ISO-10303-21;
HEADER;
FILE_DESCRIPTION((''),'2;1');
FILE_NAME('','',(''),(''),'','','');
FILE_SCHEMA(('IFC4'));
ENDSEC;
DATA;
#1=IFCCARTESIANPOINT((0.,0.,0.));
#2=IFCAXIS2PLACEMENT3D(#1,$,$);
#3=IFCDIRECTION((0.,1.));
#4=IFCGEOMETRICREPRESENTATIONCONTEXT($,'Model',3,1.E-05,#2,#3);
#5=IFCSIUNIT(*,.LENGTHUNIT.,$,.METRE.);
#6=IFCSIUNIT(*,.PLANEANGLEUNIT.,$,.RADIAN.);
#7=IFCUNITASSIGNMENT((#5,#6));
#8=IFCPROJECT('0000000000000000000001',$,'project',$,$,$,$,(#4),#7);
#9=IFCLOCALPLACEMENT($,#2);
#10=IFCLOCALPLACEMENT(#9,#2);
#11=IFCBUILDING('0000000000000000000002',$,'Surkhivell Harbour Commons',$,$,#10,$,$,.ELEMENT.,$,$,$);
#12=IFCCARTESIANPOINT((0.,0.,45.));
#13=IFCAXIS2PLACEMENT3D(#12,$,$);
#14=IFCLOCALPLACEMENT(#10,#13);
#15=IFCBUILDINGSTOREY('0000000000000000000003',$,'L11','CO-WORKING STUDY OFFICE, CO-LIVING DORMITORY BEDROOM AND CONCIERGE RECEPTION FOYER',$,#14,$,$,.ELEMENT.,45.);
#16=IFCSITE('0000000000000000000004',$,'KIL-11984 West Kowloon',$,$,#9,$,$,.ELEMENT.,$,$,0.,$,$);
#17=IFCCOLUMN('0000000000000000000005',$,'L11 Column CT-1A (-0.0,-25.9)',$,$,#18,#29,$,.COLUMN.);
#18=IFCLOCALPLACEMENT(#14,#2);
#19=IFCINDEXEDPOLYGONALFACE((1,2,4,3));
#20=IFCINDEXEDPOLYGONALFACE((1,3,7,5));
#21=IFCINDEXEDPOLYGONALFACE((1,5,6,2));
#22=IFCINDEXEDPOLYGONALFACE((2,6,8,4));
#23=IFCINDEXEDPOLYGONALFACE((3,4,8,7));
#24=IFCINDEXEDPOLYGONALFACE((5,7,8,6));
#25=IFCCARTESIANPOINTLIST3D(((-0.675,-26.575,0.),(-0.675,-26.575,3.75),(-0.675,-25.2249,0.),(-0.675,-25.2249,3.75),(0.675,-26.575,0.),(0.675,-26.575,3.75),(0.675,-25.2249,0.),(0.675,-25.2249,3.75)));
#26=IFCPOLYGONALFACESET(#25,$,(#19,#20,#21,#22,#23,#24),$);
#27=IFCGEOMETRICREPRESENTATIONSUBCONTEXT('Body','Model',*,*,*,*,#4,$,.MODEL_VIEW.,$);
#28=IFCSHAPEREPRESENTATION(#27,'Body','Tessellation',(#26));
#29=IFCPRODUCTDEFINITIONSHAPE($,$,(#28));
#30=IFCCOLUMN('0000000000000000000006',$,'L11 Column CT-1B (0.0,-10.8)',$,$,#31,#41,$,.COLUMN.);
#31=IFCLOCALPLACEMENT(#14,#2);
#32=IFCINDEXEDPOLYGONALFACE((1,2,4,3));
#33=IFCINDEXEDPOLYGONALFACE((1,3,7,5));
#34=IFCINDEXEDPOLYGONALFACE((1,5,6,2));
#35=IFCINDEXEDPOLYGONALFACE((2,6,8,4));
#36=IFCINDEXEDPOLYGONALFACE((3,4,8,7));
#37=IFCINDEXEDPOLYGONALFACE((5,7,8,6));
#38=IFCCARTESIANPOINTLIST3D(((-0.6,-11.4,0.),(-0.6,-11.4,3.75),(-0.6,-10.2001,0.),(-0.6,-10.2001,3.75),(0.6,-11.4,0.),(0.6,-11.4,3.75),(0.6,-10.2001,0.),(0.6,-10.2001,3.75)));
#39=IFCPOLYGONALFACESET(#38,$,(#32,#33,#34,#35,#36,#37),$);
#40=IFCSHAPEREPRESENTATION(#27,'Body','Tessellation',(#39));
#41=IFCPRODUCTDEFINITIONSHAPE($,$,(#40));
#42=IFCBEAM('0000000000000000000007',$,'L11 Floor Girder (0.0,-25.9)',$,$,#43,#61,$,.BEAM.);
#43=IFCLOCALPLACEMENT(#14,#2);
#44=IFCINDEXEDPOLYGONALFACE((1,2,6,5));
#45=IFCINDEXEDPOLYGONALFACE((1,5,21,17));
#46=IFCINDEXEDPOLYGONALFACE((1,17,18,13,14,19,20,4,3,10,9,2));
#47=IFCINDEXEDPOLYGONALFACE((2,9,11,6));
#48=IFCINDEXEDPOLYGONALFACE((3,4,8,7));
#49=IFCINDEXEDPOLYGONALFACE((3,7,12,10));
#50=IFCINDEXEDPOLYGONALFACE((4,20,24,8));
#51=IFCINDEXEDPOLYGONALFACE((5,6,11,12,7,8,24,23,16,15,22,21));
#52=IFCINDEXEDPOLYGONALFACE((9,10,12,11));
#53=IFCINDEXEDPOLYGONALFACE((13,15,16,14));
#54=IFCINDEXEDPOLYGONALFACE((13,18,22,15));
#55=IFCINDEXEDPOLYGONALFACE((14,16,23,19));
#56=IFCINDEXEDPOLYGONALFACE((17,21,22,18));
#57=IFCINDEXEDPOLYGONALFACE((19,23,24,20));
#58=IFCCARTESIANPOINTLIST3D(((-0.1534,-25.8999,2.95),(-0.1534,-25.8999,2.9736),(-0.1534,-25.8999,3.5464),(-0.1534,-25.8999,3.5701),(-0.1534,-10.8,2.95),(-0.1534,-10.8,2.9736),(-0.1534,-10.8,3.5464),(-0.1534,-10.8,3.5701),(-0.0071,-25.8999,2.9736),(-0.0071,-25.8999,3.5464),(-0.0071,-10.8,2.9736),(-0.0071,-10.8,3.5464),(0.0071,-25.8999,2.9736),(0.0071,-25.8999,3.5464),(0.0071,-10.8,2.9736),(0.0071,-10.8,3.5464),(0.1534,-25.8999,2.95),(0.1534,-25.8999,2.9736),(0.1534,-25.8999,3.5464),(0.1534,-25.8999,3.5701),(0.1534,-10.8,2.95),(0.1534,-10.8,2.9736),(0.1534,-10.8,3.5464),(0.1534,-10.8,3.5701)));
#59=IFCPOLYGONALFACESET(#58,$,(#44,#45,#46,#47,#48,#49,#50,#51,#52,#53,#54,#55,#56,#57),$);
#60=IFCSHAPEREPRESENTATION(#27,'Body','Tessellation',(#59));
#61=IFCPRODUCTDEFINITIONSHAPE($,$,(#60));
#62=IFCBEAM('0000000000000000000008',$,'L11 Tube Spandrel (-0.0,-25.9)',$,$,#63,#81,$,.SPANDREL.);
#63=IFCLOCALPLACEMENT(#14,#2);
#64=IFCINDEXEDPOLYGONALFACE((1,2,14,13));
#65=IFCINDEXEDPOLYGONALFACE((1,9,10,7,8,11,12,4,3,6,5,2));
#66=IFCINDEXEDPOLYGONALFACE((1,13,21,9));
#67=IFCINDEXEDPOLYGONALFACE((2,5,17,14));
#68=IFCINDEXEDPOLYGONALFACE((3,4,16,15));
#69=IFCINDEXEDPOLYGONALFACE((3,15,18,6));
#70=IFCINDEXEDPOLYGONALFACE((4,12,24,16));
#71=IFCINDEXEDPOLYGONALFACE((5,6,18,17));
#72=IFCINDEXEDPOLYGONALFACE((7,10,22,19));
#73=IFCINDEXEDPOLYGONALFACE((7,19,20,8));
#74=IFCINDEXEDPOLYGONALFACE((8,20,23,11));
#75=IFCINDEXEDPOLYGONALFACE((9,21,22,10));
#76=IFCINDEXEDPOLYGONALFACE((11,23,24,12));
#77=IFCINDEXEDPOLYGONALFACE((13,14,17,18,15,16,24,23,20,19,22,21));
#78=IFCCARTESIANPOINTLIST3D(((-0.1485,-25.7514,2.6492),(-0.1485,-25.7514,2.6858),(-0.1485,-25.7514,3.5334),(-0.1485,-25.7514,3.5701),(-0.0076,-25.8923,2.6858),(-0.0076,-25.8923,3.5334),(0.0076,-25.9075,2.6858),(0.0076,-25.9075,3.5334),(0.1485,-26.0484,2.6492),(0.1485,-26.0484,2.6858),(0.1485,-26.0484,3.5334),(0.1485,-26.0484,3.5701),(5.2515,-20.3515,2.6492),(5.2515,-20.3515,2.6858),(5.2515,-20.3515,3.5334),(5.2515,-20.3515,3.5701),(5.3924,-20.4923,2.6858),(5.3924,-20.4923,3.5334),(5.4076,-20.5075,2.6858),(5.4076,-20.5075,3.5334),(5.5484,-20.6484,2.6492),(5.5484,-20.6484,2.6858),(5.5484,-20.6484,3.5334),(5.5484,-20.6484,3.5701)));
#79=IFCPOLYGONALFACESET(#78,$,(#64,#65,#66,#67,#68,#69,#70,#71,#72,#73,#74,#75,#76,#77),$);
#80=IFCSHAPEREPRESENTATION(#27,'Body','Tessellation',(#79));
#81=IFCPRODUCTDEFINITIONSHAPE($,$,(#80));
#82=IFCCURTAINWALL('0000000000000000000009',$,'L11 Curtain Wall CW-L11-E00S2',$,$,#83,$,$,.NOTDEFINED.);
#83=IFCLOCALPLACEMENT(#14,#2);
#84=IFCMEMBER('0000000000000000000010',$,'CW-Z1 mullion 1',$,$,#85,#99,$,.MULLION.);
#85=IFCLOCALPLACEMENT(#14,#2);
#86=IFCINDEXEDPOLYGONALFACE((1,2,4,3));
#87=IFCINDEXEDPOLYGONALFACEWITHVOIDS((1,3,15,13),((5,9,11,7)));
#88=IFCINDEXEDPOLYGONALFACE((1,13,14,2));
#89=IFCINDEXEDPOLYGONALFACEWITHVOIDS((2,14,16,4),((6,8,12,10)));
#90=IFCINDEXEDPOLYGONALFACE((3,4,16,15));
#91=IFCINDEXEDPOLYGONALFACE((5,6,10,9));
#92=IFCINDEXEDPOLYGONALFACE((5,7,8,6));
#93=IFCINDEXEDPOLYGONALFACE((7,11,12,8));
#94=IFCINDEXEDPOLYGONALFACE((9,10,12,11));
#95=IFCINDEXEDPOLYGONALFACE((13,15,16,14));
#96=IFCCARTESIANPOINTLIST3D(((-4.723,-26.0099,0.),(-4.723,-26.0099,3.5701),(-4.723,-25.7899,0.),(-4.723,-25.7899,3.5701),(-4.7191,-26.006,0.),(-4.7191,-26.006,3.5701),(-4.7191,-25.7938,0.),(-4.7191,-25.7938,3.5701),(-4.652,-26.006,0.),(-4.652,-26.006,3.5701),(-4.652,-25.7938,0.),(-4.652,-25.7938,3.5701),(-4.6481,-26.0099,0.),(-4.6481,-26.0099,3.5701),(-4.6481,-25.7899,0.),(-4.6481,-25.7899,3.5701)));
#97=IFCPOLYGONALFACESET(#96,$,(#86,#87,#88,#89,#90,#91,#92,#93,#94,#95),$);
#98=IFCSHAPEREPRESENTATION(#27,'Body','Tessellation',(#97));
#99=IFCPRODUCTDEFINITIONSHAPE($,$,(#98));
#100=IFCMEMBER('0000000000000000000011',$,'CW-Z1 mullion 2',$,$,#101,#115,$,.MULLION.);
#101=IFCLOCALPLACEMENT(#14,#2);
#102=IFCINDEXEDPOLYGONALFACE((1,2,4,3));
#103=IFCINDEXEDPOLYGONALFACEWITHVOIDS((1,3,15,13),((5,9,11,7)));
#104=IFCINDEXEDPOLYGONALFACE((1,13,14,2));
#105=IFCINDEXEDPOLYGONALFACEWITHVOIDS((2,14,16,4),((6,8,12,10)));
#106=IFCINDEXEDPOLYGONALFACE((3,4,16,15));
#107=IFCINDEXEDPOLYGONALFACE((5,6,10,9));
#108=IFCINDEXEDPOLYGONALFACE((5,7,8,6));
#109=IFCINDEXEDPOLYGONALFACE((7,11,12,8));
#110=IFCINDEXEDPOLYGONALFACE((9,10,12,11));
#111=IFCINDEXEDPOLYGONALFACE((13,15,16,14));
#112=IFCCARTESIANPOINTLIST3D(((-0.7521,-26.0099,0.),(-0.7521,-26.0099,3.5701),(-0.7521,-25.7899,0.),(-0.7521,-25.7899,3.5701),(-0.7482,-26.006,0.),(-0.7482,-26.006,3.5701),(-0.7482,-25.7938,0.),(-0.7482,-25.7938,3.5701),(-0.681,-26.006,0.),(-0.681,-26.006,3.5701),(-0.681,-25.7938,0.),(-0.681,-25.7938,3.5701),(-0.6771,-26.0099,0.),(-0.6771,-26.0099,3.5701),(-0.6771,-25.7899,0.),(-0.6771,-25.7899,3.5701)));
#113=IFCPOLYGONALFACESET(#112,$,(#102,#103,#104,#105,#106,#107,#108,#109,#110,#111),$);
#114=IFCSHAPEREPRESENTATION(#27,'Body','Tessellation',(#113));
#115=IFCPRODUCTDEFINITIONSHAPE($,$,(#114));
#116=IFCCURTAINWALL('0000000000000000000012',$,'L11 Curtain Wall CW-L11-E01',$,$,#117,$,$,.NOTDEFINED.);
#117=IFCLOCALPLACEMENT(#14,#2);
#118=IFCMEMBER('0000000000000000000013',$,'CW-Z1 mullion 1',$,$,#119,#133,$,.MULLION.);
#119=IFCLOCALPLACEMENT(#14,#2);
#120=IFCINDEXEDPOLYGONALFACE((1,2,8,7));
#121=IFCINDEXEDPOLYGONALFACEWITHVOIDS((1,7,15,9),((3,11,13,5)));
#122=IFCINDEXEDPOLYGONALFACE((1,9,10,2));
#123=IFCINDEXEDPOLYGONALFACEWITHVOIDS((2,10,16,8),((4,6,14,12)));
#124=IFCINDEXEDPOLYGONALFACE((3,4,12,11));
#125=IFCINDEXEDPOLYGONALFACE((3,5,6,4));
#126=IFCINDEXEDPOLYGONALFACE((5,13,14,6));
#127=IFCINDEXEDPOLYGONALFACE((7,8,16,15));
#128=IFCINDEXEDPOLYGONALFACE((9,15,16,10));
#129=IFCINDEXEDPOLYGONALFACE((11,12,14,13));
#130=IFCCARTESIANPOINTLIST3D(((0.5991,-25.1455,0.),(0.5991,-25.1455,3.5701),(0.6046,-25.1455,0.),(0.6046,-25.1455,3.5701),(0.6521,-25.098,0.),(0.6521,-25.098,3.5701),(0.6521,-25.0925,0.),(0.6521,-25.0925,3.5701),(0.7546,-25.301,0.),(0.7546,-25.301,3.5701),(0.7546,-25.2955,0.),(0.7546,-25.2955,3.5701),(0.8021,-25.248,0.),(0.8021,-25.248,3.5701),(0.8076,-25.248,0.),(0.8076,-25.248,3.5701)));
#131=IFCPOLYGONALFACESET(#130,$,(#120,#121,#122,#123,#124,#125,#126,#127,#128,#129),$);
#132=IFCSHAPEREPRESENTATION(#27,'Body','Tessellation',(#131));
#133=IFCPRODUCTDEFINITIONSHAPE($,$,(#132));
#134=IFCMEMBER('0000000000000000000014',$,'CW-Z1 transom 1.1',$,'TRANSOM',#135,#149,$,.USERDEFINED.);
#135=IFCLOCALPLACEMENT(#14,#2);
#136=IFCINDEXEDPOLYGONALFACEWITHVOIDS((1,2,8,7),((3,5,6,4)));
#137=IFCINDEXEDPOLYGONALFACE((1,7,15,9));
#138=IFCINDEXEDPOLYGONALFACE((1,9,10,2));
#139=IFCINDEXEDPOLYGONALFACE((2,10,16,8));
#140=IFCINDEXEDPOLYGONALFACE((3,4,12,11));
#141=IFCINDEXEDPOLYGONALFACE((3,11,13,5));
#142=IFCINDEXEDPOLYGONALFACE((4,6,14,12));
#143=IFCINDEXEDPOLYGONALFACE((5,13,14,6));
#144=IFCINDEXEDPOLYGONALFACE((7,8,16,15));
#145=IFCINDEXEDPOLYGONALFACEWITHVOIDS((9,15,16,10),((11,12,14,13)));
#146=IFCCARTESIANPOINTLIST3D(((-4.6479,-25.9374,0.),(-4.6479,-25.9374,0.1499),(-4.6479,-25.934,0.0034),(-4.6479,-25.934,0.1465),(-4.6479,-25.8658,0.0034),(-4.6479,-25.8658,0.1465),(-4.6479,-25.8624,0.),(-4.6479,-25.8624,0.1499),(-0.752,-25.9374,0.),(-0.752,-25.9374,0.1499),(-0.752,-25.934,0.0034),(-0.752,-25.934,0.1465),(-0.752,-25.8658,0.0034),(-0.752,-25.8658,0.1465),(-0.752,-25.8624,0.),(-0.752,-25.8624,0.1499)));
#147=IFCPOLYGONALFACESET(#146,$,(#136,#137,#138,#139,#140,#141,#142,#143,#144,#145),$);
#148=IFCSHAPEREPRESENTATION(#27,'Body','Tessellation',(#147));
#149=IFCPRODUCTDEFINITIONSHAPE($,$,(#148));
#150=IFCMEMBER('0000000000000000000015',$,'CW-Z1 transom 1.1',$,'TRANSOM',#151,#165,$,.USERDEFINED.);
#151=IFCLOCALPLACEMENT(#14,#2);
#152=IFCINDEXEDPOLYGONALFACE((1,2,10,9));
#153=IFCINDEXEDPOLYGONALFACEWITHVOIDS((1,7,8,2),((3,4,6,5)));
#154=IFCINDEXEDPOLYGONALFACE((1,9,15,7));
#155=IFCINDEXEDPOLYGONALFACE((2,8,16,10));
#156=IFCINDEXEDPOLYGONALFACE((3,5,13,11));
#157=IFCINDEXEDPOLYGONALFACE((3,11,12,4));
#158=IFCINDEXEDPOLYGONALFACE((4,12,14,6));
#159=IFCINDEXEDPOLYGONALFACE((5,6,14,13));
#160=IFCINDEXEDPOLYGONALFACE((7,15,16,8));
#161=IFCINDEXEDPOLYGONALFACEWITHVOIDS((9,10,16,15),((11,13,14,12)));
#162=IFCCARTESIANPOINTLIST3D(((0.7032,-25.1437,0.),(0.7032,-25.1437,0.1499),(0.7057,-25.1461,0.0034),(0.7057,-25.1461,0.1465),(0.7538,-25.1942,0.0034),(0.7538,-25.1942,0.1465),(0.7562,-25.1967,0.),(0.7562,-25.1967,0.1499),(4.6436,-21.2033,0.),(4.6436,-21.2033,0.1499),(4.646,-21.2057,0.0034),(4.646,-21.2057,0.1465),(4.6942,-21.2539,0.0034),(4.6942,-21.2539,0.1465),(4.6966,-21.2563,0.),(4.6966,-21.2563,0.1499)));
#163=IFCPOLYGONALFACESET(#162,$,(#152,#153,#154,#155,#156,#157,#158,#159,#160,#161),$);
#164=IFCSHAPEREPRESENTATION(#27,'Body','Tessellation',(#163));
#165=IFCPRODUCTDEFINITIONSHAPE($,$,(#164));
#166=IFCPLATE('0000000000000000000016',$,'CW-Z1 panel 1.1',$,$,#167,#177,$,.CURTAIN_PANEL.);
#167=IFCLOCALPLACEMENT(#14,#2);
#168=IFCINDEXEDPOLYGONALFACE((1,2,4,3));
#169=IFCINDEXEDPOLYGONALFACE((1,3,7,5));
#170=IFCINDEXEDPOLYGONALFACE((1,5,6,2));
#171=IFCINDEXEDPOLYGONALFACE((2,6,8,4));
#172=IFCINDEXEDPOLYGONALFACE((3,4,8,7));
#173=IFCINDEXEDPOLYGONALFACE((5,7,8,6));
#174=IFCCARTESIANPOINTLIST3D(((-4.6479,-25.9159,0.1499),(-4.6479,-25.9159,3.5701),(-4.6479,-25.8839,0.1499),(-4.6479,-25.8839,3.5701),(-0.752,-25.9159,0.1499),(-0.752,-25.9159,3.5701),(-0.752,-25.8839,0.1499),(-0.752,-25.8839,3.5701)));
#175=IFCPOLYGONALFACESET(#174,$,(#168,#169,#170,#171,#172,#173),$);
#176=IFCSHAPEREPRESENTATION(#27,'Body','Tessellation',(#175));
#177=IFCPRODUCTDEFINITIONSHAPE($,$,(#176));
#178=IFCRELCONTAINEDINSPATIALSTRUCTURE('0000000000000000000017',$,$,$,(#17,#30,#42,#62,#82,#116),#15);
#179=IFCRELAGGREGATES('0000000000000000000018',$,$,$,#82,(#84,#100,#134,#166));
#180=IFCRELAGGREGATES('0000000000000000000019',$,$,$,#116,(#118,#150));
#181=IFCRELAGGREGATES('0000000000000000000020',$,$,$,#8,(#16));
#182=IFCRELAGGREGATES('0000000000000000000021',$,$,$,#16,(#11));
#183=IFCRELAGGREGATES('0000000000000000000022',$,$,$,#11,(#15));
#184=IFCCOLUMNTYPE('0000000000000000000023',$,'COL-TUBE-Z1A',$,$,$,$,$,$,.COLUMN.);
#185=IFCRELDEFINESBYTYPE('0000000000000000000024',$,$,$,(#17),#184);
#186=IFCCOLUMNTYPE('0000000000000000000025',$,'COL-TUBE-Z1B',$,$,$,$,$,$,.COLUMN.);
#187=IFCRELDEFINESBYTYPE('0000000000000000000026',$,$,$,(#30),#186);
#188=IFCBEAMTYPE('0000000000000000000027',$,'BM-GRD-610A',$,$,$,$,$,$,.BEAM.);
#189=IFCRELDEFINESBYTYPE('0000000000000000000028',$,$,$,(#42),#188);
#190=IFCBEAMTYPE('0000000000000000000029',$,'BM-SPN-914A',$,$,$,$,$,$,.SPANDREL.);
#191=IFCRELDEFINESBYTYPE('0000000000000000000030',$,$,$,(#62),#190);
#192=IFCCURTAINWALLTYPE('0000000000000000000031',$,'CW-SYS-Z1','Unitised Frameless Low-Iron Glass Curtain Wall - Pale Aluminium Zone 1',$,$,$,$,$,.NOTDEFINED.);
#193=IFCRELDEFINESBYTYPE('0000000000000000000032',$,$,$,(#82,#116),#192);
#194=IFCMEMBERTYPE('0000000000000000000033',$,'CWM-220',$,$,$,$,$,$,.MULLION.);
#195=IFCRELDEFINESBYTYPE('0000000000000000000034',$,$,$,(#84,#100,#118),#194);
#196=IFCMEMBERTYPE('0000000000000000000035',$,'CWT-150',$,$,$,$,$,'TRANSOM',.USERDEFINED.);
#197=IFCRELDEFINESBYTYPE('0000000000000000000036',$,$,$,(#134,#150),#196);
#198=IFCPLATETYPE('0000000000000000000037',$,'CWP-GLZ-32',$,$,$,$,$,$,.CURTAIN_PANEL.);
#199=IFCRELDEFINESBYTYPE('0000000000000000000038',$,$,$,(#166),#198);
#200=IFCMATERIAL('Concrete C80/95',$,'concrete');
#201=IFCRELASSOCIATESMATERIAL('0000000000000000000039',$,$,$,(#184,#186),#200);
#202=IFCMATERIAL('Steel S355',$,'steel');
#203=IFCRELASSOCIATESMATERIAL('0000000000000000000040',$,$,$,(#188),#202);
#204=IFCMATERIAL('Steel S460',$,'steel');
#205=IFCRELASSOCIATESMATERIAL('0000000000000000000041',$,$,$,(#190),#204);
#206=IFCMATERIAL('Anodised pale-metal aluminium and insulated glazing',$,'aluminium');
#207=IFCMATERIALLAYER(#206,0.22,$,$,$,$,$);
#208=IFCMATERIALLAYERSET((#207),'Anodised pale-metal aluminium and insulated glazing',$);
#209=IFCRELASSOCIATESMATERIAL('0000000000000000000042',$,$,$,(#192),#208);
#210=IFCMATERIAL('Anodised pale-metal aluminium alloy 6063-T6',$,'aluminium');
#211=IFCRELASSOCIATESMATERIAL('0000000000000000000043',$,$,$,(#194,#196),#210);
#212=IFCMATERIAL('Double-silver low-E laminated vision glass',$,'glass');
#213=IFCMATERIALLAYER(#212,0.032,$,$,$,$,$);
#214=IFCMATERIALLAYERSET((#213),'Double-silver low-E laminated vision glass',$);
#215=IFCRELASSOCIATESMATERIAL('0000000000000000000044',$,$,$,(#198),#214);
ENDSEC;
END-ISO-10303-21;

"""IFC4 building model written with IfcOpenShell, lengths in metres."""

from ifc_helpers import new_model, si_unit, direction, frame, frame_2d, origin, origin_2d, place, context, subcontext, project, spatial, rectangle, hollow_rectangle, i_section, extrude, material, layer, layer_set, material_profile, profile_set, type_object, element, aggregate, save


model = new_model("IFC4")

# Units and contexts
model_context = context("Model", 3, precision=1e-05, world=origin(), true_north=direction((0.0, 1.0)))
body_context = subcontext(model_context, "Body", "Model", "MODEL_VIEW")
ifc_project = project(units=[si_unit("LENGTHUNIT", "METRE"), si_unit("PLANEANGLEUNIT", "RADIAN")], contexts=[model_context])

# Site, building, storey
site_placement = place(None, origin())
site = spatial("IfcSite", under=ifc_project, at=site_placement, Name="KIL-11984 West Kowloon", CompositionType="ELEMENT", RefElevation=0.0)
building_placement = place(site_placement, origin())
building = spatial("IfcBuilding", under=site, at=building_placement, Name="Surkhivell Harbour Commons", CompositionType="ELEMENT")
storey_placement = place(building_placement, frame((0.0, 0.0, 45.0)))
storey = spatial("IfcBuildingStorey", under=building, at=storey_placement, Name="L11", Description="CO-WORKING STUDY OFFICE, CO-LIVING DORMITORY BEDROOM AND CONCIERGE RECEPTION FOYER", CompositionType="ELEMENT", Elevation=45.0)

# Columns
ifc_material_1 = material(Name="Concrete C80/95", Category="concrete")
ifc_material_profile_1 = material_profile(ifc_material_1, rectangle(XDim=1.3501, YDim=1.3501, at=origin_2d()), Name="RC-COL-1350x1350")
ifc_profile_set_1 = profile_set([ifc_material_profile_1], Name="Concrete C80/95")
column_type_1 = type_object("IfcColumnType", Name="COL-TUBE-Z1A", PredefinedType="COLUMN", material=ifc_profile_set_1)
column_1_placement = place(storey_placement, frame((0.0, -25.8999, 0.0), z_axis=(0.0, 0.0, 1.0), x_axis=(1.0, 0.0, 0.0)))
element("IfcColumn", 1, at=column_1_placement, inside=storey, type_object=column_type_1, Name="L11 Column CT-1A (-0.0,-25.9)", PredefinedType="COLUMN", context=body_context, shape_type="SweptSolid", body=[
    extrude(rectangle(XDim=1.3501, YDim=1.3501, at=origin_2d()), origin(), (0.0, 0.0, 1.0), 3.75),
])
ifc_material_profile_2 = material_profile(ifc_material_1, rectangle(XDim=1.2, YDim=1.2, at=origin_2d()), Name="RC-COL-1200x1200")
ifc_profile_set_2 = profile_set([ifc_material_profile_2], Name="Concrete C80/95")
column_type_2 = type_object("IfcColumnType", Name="COL-TUBE-Z1B", PredefinedType="COLUMN", material=ifc_profile_set_2)
column_2_placement = place(storey_placement, frame((0.0, -10.8, 0.0), z_axis=(0.0, 0.0, 1.0), x_axis=(1.0, 0.0, 0.0)))
element("IfcColumn", 2, at=column_2_placement, inside=storey, type_object=column_type_2, Name="L11 Column CT-1B (0.0,-10.8)", PredefinedType="COLUMN", context=body_context, shape_type="SweptSolid", body=[
    extrude(rectangle(XDim=1.2, YDim=1.2, at=origin_2d()), origin(), (0.0, 0.0, 1.0), 3.75),
])

# Beams
ifc_material_2 = material(Name="Steel S355", Category="steel")
ifc_material_profile_3 = material_profile(ifc_material_2, i_section(OverallWidth=0.3069, OverallDepth=0.6201, WebThickness=0.0142, FlangeThickness=0.0237, at=origin_2d()), Name="UB610x305x179")
ifc_profile_set_3 = profile_set([ifc_material_profile_3], Name="Steel S355")
beam_type_1 = type_object("IfcBeamType", Name="BM-GRD-610A", PredefinedType="BEAM", material=ifc_profile_set_3)
beam_1_placement = place(storey_placement, frame((0.0, -25.8999, 3.26), z_axis=(0.0, 1.0, 0.0), x_axis=(-1.0, 0.0, 0.0)))
element("IfcBeam", 3, at=beam_1_placement, inside=storey, type_object=beam_type_1, Name="L11 Floor Girder (0.0,-25.9)", PredefinedType="BEAM", context=body_context, shape_type="SweptSolid", body=[
    extrude(i_section(OverallWidth=0.3069, OverallDepth=0.6201, WebThickness=0.0142, FlangeThickness=0.0237, at=origin_2d()), origin(), (0.0, 0.0, 1.0), 15.0999),
])
ifc_material_3 = material(Name="Steel S460", Category="steel")
ifc_material_profile_4 = material_profile(ifc_material_3, i_section(OverallWidth=0.4199, OverallDepth=0.9209, WebThickness=0.0215, FlangeThickness=0.0366, at=origin_2d()), Name="UB914x419x388")
ifc_profile_set_4 = profile_set([ifc_material_profile_4], Name="Steel S460")
beam_type_2 = type_object("IfcBeamType", Name="BM-SPN-914A", PredefinedType="SPANDREL", material=ifc_profile_set_4)
beam_2_placement = place(storey_placement, frame((0.0, -25.8999, 3.1096), z_axis=(0.707107, 0.707107, 0.0), x_axis=(-0.707107, 0.707107, 0.0)))
element("IfcBeam", 4, at=beam_2_placement, inside=storey, type_object=beam_type_2, Name="L11 Tube Spandrel (-0.0,-25.9)", PredefinedType="SPANDREL", context=body_context, shape_type="SweptSolid", body=[
    extrude(i_section(OverallWidth=0.4199, OverallDepth=0.9209, WebThickness=0.0215, FlangeThickness=0.0366, at=origin_2d()), origin(), (0.0, 0.0, 1.0), 7.6367),
])

# Curtain wall, members
ifc_material_4 = material(Name="Anodised pale-metal aluminium and insulated glazing", Category="aluminium")
ifc_layer_1 = layer(ifc_material_4, 0.22)
ifc_layer_set_1 = layer_set([ifc_layer_1], Name="Anodised pale-metal aluminium and insulated glazing")
curtain_wall_type = type_object("IfcCurtainWallType", Name="CW-SYS-Z1", Description="Unitised Frameless Low-Iron Glass Curtain Wall - Pale Aluminium Zone 1", PredefinedType="NOTDEFINED", material=ifc_layer_set_1)
curtain_wall_1_placement = place(storey_placement, origin())
curtain_wall_1 = element("IfcCurtainWall", 5, at=curtain_wall_1_placement, inside=storey, type_object=curtain_wall_type, Name="L11 Curtain Wall CW-L11-E00S2", PredefinedType="NOTDEFINED")
ifc_material_5 = material(Name="Anodised pale-metal aluminium alloy 6063-T6", Category="aluminium")
ifc_material_profile_5 = material_profile(ifc_material_5, hollow_rectangle(XDim=0.075, YDim=0.22, WallThickness=0.0039, at=origin_2d()), Name="ALU-MULL-75x220")
ifc_profile_set_5 = profile_set([ifc_material_profile_5], Name="Anodised pale-metal aluminium alloy 6063-T6")
member_type_1 = type_object("IfcMemberType", Name="CWM-220", PredefinedType="MULLION", material=ifc_profile_set_5)
member_1_placement = place(storey_placement, frame((-4.6855, -25.8999, 0.0), z_axis=(0.0, 0.0, 1.0), x_axis=(1.0, 0.0, 0.0)))
member_1 = element("IfcMember", 6, at=member_1_placement, type_object=member_type_1, Name="CW-Z1 mullion 1", PredefinedType="MULLION", context=body_context, shape_type="SweptSolid", body=[
    extrude(hollow_rectangle(XDim=0.075, YDim=0.22, WallThickness=0.0039, at=origin_2d()), origin(), (0.0, 0.0, 1.0), 3.5701),
])
member_2_placement = place(storey_placement, frame((-0.7146, -25.8999, 0.0), z_axis=(0.0, 0.0, 1.0), x_axis=(1.0, 0.0, 0.0)))
member_2 = element("IfcMember", 7, at=member_2_placement, type_object=member_type_1, Name="CW-Z1 mullion 2", PredefinedType="MULLION", context=body_context, shape_type="SweptSolid", body=[
    extrude(hollow_rectangle(XDim=0.075, YDim=0.22, WallThickness=0.0039, at=origin_2d()), origin(), (0.0, 0.0, 1.0), 3.5701),
])

# Curtain wall, member
curtain_wall_2_placement = place(storey_placement, origin())
curtain_wall_2 = element("IfcCurtainWall", 8, at=curtain_wall_2_placement, inside=storey, type_object=curtain_wall_type, Name="L11 Curtain Wall CW-L11-E01", PredefinedType="NOTDEFINED")
member_3_placement = place(storey_placement, frame((0.7034, -25.1968, 0.0), z_axis=(0.0, 0.0, 1.0), x_axis=(0.707107, 0.707107, 0.0)))
member_3 = element("IfcMember", 9, at=member_3_placement, type_object=member_type_1, Name="CW-Z1 mullion 1", PredefinedType="MULLION", context=body_context, shape_type="SweptSolid", body=[
    extrude(hollow_rectangle(XDim=0.075, YDim=0.22, WallThickness=0.0039, at=origin_2d()), origin(), (0.0, 0.0, 1.0), 3.5701),
])

# Members
ifc_material_profile_6 = material_profile(ifc_material_5, hollow_rectangle(XDim=0.075, YDim=0.1499, WallThickness=0.0034, at=origin_2d()), Name="ALU-TRAN-75x150")
ifc_profile_set_6 = profile_set([ifc_material_profile_6], Name="Anodised pale-metal aluminium alloy 6063-T6")
member_type_2 = type_object("IfcMemberType", Name="CWT-150", ElementType="TRANSOM", PredefinedType="USERDEFINED", material=ifc_profile_set_6)
member_4_placement = place(storey_placement, frame((-4.6479, -25.8999, 0.075), z_axis=(1.0, 0.0, 0.0), x_axis=(0.0, 1.0, 0.0)))
member_4 = element("IfcMember", 10, at=member_4_placement, type_object=member_type_2, Name="CW-Z1 transom 1.1", ObjectType="TRANSOM", PredefinedType="USERDEFINED", context=body_context, shape_type="SweptSolid", body=[
    extrude(hollow_rectangle(XDim=0.075, YDim=0.1499, WallThickness=0.0034, at=origin_2d()), origin(), (0.0, 0.0, 1.0), 3.896),
])
member_5_placement = place(storey_placement, frame((0.7297, -25.1702, 0.075), z_axis=(0.707107, 0.707107, 0.0), x_axis=(-0.707107, 0.707107, 0.0)))
member_5 = element("IfcMember", 11, at=member_5_placement, type_object=member_type_2, Name="CW-Z1 transom 1.1", ObjectType="TRANSOM", PredefinedType="USERDEFINED", context=body_context, shape_type="SweptSolid", body=[
    extrude(hollow_rectangle(XDim=0.075, YDim=0.1499, WallThickness=0.0034, at=origin_2d()), origin(), (0.0, 0.0, 1.0), 5.5725),
])

# Plate
ifc_material_6 = material(Name="Double-silver low-E laminated vision glass", Category="glass")
ifc_layer_2 = layer(ifc_material_6, 0.032)
ifc_layer_set_2 = layer_set([ifc_layer_2], Name="Double-silver low-E laminated vision glass")
plate_type = type_object("IfcPlateType", Name="CWP-GLZ-32", PredefinedType="CURTAIN_PANEL", material=ifc_layer_set_2)
plate_1_placement = place(storey_placement, frame((-4.6479, -25.8999, 0.1499), z_axis=(0.0, 0.0, 1.0), x_axis=(1.0, 0.0, 0.0)))
plate_1 = element("IfcPlate", 12, at=plate_1_placement, type_object=plate_type, Name="CW-Z1 panel 1.1", PredefinedType="CURTAIN_PANEL", context=body_context, shape_type="SweptSolid", body=[
    extrude(rectangle(XDim=3.896, YDim=0.032, at=frame_2d((1.948, 0.0))), origin(), (0.0, 0.0, 1.0), 3.4202),
])
aggregate(curtain_wall_1, [member_1, member_2, member_4, plate_1])
aggregate(curtain_wall_2, [member_3, member_5])

save(model, "model.ifc")
